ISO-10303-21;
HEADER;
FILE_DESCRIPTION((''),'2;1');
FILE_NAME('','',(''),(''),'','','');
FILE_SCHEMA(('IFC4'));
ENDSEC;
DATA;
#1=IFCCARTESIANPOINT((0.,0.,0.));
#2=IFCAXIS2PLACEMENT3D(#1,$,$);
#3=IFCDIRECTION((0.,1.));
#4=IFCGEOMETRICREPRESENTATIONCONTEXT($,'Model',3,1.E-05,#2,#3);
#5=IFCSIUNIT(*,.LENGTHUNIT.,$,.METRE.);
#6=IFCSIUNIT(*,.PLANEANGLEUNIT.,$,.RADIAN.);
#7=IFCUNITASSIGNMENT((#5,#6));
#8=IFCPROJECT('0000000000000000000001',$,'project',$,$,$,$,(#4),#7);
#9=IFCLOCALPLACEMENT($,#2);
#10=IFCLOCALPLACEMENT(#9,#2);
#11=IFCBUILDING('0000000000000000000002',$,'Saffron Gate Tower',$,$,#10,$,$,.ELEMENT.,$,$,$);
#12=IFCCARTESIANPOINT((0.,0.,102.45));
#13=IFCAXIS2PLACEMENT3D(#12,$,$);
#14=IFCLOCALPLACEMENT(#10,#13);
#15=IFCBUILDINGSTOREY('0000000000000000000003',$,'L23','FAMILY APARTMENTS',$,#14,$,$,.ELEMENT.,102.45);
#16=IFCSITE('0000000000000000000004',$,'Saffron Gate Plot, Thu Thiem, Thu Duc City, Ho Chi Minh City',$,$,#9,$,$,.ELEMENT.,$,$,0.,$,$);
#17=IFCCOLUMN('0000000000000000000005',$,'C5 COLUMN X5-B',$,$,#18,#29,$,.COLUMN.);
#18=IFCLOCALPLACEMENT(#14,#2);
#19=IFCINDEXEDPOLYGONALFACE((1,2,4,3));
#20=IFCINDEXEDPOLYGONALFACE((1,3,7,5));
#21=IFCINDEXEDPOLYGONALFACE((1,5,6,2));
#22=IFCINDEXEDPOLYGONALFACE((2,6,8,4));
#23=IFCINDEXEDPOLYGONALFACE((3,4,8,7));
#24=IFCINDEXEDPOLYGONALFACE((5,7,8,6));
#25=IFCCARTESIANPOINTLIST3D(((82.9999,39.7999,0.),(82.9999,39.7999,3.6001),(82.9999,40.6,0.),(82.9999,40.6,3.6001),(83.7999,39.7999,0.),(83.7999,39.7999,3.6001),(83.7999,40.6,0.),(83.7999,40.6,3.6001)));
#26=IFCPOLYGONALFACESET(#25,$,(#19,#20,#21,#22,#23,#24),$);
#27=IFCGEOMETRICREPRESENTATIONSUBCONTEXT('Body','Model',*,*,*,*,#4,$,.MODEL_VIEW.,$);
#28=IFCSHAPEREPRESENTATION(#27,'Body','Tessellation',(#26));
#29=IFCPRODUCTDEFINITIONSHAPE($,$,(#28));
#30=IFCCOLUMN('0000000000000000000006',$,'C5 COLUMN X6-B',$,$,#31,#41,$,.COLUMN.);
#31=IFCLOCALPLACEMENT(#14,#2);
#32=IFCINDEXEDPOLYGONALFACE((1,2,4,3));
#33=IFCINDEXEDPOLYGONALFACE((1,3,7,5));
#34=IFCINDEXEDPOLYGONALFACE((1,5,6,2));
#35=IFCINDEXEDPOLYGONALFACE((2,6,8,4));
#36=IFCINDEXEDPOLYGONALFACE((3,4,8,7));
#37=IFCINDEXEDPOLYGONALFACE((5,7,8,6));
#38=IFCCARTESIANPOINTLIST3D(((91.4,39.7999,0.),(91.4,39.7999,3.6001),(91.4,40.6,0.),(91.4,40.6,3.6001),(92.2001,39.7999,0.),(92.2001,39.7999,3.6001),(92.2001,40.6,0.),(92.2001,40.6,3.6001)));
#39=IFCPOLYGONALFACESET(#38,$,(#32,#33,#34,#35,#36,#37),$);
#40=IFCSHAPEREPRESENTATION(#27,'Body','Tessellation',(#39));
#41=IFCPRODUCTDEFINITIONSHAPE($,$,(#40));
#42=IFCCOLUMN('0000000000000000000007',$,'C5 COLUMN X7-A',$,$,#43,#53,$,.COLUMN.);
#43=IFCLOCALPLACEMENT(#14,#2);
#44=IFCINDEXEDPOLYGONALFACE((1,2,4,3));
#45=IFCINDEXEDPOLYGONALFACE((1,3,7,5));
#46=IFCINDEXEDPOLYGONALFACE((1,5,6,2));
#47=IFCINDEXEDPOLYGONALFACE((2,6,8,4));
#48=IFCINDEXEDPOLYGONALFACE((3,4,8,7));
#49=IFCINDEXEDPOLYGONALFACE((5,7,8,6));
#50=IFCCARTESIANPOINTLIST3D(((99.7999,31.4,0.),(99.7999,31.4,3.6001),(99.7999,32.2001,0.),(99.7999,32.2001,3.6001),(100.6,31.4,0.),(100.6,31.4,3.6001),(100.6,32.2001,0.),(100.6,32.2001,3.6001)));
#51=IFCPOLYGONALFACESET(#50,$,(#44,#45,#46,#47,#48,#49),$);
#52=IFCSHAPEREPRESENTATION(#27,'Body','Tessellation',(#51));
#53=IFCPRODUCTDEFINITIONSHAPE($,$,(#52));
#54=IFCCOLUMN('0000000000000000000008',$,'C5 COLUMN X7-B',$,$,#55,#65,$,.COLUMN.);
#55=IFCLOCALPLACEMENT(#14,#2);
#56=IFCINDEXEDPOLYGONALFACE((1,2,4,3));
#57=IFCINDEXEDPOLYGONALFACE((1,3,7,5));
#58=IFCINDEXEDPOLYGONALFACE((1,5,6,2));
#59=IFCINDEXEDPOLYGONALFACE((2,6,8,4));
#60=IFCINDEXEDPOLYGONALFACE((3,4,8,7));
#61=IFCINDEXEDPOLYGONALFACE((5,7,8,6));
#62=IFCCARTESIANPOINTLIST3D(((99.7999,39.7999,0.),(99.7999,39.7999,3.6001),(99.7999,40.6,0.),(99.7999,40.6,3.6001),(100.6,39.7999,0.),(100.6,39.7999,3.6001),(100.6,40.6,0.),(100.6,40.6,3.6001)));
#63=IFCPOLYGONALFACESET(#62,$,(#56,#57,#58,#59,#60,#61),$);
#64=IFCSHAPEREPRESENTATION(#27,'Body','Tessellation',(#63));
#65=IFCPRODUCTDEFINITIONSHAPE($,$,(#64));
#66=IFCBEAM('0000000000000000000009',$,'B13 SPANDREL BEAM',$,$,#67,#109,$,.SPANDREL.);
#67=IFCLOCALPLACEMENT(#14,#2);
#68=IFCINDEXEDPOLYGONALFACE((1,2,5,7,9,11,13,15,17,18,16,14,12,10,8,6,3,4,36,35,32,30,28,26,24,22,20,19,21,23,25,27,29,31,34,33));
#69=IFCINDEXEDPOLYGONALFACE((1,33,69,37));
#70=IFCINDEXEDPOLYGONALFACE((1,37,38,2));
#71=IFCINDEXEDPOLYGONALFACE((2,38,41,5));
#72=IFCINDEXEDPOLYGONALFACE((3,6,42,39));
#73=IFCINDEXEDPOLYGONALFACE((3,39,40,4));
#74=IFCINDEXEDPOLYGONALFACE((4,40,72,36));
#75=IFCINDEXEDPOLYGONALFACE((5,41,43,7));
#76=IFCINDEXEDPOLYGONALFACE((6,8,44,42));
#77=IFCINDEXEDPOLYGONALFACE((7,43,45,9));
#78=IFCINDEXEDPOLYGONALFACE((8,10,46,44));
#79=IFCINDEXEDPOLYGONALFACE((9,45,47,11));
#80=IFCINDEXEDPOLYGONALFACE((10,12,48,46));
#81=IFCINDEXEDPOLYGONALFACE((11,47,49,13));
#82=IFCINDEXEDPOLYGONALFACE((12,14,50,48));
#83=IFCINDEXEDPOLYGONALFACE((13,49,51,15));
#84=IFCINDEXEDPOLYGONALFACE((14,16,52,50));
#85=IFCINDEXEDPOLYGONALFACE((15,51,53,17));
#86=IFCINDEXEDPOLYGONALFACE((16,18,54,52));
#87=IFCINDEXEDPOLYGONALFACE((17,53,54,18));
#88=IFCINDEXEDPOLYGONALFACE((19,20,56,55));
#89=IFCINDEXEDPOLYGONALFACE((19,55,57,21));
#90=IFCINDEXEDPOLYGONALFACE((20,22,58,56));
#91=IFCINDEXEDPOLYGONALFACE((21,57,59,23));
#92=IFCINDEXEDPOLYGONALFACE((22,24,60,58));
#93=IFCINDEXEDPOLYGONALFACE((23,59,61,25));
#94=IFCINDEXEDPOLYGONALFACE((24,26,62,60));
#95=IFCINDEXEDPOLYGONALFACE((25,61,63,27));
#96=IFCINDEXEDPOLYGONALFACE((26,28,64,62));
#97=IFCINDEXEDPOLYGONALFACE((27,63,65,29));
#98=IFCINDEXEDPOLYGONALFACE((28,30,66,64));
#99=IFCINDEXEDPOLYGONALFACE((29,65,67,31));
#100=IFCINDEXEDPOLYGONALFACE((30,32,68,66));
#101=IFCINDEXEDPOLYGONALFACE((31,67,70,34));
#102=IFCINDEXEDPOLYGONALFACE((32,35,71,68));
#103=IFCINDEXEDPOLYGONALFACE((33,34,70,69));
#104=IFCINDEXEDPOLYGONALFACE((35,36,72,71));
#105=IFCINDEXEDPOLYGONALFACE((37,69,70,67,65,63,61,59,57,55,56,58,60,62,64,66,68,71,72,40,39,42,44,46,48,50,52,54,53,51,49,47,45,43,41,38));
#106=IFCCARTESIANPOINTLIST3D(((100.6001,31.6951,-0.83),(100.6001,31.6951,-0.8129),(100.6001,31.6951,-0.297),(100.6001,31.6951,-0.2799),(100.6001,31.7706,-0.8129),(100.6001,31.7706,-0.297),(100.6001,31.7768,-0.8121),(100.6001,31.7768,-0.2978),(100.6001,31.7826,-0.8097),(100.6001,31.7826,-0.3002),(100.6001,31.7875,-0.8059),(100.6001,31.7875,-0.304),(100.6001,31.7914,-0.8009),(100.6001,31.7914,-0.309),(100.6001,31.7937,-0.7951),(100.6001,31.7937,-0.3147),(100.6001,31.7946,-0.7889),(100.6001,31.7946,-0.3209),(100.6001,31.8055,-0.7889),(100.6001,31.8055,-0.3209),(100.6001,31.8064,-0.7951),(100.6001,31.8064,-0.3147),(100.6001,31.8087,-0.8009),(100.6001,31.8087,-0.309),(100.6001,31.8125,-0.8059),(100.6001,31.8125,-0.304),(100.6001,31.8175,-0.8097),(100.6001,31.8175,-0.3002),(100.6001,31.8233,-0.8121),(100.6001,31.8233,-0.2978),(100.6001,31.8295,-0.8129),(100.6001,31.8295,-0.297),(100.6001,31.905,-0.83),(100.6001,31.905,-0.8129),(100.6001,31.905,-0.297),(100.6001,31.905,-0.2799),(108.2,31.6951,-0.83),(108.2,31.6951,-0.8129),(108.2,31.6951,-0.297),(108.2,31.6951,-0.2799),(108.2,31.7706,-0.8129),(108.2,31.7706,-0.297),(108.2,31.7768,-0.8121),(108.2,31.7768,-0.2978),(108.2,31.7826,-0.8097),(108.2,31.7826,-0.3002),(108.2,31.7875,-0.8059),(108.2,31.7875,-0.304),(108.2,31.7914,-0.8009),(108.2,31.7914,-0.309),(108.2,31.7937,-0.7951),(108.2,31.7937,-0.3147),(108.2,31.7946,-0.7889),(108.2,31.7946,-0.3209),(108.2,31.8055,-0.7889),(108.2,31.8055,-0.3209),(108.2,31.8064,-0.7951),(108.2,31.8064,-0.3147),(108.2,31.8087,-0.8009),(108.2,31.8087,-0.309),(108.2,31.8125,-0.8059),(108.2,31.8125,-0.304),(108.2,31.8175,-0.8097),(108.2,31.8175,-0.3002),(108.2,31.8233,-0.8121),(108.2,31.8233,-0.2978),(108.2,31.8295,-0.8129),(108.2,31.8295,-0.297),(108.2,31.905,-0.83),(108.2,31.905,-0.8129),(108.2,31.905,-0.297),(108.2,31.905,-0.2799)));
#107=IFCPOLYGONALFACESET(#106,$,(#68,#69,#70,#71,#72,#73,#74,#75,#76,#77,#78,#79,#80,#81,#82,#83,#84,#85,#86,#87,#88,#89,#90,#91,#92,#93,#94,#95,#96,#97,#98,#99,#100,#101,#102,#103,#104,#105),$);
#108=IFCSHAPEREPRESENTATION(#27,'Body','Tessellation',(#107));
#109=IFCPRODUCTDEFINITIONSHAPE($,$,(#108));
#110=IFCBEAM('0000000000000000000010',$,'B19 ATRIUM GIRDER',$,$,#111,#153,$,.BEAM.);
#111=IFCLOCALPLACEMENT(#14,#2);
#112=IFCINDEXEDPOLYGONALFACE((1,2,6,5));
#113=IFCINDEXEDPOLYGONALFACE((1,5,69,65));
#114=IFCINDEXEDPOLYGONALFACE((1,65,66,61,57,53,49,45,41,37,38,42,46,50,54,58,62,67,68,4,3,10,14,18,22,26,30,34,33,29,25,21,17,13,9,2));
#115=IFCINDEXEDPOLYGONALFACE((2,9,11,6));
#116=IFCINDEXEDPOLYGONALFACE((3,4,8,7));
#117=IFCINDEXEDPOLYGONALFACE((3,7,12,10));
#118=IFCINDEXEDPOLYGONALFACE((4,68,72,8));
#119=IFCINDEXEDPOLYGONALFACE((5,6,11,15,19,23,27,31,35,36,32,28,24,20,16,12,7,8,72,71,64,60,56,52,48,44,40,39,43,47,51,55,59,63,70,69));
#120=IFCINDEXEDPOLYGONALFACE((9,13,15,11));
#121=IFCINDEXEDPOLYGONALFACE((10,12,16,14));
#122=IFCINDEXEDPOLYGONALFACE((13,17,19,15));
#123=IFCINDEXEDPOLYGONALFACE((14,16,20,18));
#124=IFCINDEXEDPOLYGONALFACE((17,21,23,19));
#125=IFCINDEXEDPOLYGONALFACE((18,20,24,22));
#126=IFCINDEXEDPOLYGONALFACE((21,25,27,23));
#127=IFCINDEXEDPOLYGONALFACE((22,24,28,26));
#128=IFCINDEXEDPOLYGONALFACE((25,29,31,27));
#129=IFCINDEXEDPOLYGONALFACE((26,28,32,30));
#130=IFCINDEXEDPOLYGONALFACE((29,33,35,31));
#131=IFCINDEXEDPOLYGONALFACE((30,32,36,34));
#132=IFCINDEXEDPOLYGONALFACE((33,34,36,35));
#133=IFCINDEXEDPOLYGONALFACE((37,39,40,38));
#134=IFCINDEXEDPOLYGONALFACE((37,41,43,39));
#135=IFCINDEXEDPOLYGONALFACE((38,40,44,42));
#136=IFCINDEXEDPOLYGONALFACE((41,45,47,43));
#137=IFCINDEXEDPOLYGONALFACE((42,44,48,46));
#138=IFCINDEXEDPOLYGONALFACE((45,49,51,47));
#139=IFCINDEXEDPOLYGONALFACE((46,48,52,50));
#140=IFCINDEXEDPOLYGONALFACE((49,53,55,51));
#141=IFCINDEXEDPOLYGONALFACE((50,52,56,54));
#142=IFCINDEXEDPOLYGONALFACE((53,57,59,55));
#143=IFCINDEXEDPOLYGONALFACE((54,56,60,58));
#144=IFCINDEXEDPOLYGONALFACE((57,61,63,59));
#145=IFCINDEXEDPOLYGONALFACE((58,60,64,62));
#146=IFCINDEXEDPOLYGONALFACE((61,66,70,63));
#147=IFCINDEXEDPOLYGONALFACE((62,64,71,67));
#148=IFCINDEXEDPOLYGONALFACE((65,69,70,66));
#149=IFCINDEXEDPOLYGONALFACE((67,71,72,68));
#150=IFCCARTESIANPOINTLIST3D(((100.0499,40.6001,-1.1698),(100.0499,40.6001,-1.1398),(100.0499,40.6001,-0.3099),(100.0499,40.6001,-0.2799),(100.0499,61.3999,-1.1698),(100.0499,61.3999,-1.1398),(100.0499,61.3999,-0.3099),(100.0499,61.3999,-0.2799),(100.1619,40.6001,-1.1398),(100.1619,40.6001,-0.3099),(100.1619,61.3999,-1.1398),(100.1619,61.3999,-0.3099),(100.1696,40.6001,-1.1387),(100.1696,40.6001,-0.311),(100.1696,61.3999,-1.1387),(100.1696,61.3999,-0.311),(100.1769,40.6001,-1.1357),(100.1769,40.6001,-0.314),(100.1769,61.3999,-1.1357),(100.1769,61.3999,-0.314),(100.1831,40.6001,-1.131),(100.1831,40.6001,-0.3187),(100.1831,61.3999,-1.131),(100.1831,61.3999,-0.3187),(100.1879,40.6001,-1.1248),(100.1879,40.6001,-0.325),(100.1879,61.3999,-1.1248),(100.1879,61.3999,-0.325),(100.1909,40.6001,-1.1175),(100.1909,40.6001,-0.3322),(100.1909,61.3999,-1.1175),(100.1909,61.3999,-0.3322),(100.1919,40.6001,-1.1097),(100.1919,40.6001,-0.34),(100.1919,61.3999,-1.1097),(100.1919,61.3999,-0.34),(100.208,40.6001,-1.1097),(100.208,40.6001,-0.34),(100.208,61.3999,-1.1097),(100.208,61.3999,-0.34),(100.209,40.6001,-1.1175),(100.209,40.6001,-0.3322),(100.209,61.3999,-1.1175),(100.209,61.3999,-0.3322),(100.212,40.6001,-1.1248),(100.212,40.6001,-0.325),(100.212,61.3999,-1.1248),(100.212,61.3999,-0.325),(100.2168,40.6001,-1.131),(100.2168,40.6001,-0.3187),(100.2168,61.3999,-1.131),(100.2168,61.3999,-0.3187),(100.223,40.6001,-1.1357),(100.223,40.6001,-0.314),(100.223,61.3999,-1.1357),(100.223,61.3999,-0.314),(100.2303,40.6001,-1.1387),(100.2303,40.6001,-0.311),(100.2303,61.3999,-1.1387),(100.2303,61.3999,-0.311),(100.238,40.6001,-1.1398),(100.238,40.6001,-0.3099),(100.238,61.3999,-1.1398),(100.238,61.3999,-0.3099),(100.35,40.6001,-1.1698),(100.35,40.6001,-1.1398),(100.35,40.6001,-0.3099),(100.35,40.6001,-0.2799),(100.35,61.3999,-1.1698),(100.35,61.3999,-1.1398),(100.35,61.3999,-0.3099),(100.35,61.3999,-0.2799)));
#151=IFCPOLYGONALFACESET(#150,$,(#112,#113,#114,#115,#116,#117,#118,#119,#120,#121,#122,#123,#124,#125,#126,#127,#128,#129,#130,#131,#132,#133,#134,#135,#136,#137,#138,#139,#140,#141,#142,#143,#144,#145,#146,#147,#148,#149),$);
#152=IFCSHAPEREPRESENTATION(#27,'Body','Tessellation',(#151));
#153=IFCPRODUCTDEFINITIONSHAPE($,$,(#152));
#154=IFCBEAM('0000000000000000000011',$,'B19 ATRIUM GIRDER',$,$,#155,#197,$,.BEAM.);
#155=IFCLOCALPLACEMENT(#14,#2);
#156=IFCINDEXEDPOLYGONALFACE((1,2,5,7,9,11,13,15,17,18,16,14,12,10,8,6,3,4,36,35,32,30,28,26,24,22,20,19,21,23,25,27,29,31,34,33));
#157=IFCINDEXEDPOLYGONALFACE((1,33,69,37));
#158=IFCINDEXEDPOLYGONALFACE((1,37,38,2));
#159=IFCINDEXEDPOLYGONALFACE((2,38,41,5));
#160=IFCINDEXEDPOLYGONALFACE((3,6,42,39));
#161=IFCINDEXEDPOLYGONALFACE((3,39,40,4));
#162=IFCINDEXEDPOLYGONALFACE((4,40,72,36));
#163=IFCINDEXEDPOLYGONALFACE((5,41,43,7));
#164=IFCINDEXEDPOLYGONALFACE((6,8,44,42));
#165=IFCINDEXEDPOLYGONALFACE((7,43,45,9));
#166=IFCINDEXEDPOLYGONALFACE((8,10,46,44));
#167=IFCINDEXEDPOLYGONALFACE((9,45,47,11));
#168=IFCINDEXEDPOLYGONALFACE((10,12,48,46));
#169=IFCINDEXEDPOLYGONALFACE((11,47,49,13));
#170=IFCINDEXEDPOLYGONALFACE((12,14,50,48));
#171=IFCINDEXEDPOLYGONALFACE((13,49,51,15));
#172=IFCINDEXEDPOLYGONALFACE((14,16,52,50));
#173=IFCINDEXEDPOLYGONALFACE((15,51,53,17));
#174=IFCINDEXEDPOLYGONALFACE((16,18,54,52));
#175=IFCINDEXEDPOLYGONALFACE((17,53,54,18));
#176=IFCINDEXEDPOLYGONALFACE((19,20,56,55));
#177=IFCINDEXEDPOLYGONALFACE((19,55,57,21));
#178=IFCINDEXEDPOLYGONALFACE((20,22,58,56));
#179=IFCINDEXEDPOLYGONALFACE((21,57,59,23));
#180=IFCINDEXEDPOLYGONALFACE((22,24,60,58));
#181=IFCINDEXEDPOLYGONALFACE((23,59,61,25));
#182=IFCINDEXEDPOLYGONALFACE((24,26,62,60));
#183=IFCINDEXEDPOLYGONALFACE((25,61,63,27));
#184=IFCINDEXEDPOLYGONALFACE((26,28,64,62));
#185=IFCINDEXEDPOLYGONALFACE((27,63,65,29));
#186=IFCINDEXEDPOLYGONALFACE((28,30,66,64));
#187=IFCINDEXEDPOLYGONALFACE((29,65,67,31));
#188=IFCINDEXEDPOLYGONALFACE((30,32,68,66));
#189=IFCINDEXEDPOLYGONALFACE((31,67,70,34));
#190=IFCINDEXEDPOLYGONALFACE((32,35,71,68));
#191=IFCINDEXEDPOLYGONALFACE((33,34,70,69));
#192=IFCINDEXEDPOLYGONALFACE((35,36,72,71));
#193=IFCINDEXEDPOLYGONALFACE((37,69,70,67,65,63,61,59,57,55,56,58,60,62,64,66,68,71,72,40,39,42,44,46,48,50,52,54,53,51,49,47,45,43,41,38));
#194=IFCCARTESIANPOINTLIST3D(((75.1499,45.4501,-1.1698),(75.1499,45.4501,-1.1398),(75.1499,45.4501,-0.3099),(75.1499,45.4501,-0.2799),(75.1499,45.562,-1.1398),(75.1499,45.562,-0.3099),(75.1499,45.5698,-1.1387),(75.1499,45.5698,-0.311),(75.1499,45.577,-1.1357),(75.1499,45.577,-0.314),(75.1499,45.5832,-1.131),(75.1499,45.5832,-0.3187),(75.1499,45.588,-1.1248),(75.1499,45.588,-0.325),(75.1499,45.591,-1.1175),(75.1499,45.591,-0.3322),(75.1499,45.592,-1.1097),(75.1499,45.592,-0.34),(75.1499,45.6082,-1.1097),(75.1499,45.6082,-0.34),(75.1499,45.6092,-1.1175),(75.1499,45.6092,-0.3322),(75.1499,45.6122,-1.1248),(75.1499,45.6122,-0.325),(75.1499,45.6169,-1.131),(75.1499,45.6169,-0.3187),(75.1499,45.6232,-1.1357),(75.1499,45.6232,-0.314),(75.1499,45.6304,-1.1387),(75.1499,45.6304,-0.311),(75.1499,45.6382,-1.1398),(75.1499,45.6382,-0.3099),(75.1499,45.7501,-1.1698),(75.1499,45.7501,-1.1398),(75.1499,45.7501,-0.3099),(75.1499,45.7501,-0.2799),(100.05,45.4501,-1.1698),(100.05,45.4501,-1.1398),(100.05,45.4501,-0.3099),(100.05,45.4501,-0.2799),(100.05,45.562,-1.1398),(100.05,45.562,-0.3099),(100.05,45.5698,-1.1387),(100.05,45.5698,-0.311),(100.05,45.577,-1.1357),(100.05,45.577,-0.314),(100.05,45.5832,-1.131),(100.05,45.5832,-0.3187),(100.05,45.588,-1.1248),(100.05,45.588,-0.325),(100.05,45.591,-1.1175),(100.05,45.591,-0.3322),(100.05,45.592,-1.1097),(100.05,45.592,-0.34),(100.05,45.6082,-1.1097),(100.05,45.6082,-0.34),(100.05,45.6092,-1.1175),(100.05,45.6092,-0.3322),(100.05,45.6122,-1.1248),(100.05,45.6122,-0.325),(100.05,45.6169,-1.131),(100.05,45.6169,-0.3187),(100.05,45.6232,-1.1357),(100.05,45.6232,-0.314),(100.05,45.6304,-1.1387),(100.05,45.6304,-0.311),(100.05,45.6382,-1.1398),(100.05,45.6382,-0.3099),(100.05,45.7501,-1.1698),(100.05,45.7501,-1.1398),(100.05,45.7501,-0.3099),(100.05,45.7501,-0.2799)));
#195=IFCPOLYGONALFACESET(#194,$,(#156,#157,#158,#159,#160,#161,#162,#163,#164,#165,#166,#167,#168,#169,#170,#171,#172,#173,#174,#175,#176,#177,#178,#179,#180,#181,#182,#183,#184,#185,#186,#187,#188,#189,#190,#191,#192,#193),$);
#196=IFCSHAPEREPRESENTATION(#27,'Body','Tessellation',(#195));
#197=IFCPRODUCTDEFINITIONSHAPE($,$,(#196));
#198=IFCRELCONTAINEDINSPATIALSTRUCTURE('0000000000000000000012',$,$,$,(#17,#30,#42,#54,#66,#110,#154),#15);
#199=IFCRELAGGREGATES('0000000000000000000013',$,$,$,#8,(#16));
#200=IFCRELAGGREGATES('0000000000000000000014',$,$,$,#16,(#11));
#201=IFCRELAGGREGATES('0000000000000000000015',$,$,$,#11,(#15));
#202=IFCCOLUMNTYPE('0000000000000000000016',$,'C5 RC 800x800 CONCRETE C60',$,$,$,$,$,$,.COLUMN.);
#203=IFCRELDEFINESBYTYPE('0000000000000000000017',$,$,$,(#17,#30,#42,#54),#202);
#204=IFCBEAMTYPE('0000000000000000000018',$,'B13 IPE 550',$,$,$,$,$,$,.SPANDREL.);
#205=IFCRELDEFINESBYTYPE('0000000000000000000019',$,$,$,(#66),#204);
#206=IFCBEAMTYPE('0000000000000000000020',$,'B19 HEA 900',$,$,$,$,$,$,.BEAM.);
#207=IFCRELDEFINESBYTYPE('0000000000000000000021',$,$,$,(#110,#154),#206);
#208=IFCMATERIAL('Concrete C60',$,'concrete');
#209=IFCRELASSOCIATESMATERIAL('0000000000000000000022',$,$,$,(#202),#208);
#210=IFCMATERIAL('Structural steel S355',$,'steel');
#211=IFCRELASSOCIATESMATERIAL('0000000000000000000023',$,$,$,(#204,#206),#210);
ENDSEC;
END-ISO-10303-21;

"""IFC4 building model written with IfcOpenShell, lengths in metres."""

from ifc_helpers import new_model, si_unit, direction, frame, origin, origin_2d, place, context, subcontext, project, spatial, rectangle, i_section, extrude, material, material_profile, profile_set, type_object, element, save


model = new_model("IFC4")

# Units and contexts
model_context = context("Model", 3, precision=1e-05, world=origin(), true_north=direction((0.0, 1.0)))
body_context = subcontext(model_context, "Body", "Model", "MODEL_VIEW")
ifc_project = project(units=[si_unit("LENGTHUNIT", "METRE"), si_unit("PLANEANGLEUNIT", "RADIAN")], contexts=[model_context])

# Site, building, storey
site_placement = place(None, origin())
site = spatial("IfcSite", under=ifc_project, at=site_placement, Name="Saffron Gate Plot, Thu Thiem, Thu Duc City, Ho Chi Minh City", CompositionType="ELEMENT", RefElevation=0.0)
building_placement = place(site_placement, origin())
building = spatial("IfcBuilding", under=site, at=building_placement, Name="Saffron Gate Tower", CompositionType="ELEMENT")
storey_placement = place(building_placement, frame((0.0, 0.0, 102.45)))
storey = spatial("IfcBuildingStorey", under=building, at=storey_placement, Name="L23", Description="FAMILY APARTMENTS", CompositionType="ELEMENT", Elevation=102.45)

# Columns
ifc_material_1 = material(Name="Concrete C60", Category="concrete")
ifc_material_profile_1 = material_profile(ifc_material_1, rectangle(XDim=0.8, YDim=0.8, at=origin_2d()))
ifc_profile_set_1 = profile_set([ifc_material_profile_1], Name="Concrete C60")
column_type = type_object("IfcColumnType", Name="C5 RC 800x800 CONCRETE C60", PredefinedType="COLUMN", material=ifc_profile_set_1)
for number, where, z_axis, x_axis, name in (
    (1, (83.3999, 40.2, 0.0), (0.0, 0.0, 1.0), (1.0, 0.0, 0.0), "C5 COLUMN X5-B"),
    (2, (91.8, 40.2, 0.0), (0.0, 0.0, 1.0), (1.0, 0.0, 0.0), "C5 COLUMN X6-B"),
    (3, (100.2, 31.8, 0.0), (0.0, 0.0, 1.0), (1.0, 0.0, 0.0), "C5 COLUMN X7-A"),
    (4, (100.2, 40.2, 0.0), (0.0, 0.0, 1.0), (1.0, 0.0, 0.0), "C5 COLUMN X7-B"),
):
    element("IfcColumn", number, at=place(storey_placement, frame(where, z_axis=z_axis, x_axis=x_axis)), inside=storey, type_object=column_type, Name=name, PredefinedType="COLUMN", context=body_context, shape_type="SweptSolid", body=[
        extrude(rectangle(XDim=0.8, YDim=0.8, at=origin_2d()), origin(), (0.0, 0.0, 1.0), 3.6001),
    ])

# Beams
ifc_material_2 = material(Name="Structural steel S355", Category="steel")
ifc_material_profile_2 = material_profile(ifc_material_2, i_section(OverallWidth=0.21, OverallDepth=0.55, WebThickness=0.011, FlangeThickness=0.0171, FilletRadius=0.0239, at=origin_2d()))
ifc_profile_set_2 = profile_set([ifc_material_profile_2], Name="Structural steel S355")
beam_type_1 = type_object("IfcBeamType", Name="B13 IPE 550", PredefinedType="SPANDREL", material=ifc_profile_set_2)
beam_1_placement = place(storey_placement, frame((100.6001, 31.8, -0.5549), z_axis=(1.0, 0.0, 0.0), x_axis=(0.0, 1.0, 0.0)))
element("IfcBeam", 5, at=beam_1_placement, inside=storey, type_object=beam_type_1, Name="B13 SPANDREL BEAM", PredefinedType="SPANDREL", context=body_context, shape_type="SweptSolid", body=[
    extrude(i_section(OverallWidth=0.21, OverallDepth=0.55, WebThickness=0.011, FlangeThickness=0.0171, FilletRadius=0.0239, at=origin_2d()), origin(), (0.0, 0.0, 1.0), 7.5999),
])
ifc_material_profile_3 = material_profile(ifc_material_2, i_section(OverallWidth=0.3, OverallDepth=0.8899, WebThickness=0.0161, FlangeThickness=0.03, FilletRadius=0.03, at=origin_2d()))
ifc_profile_set_3 = profile_set([ifc_material_profile_3], Name="Structural steel S355")
beam_type_2 = type_object("IfcBeamType", Name="B19 HEA 900", PredefinedType="BEAM", material=ifc_profile_set_3)
beam_2_placement = place(storey_placement, frame((100.2, 40.6001, -0.7249), z_axis=(0.0, 1.0, 0.0), x_axis=(-1.0, 0.0, 0.0)))
element("IfcBeam", 6, at=beam_2_placement, inside=storey, type_object=beam_type_2, Name="B19 ATRIUM GIRDER", PredefinedType="BEAM", context=body_context, shape_type="SweptSolid", body=[
    extrude(i_section(OverallWidth=0.3, OverallDepth=0.8899, WebThickness=0.0161, FlangeThickness=0.03, FilletRadius=0.03, at=origin_2d()), origin(), (0.0, 0.0, 1.0), 20.7998),
])
beam_3_placement = place(storey_placement, frame((75.1499, 45.6001, -0.7249), z_axis=(1.0, 0.0, 0.0), x_axis=(0.0, 1.0, 0.0)))
element("IfcBeam", 7, at=beam_3_placement, inside=storey, type_object=beam_type_2, Name="B19 ATRIUM GIRDER", PredefinedType="BEAM", context=body_context, shape_type="SweptSolid", body=[
    extrude(i_section(OverallWidth=0.3, OverallDepth=0.8899, WebThickness=0.0161, FlangeThickness=0.03, FilletRadius=0.03, at=origin_2d()), origin(), (0.0, 0.0, 1.0), 24.9001),
])

save(model, "model.ifc")
